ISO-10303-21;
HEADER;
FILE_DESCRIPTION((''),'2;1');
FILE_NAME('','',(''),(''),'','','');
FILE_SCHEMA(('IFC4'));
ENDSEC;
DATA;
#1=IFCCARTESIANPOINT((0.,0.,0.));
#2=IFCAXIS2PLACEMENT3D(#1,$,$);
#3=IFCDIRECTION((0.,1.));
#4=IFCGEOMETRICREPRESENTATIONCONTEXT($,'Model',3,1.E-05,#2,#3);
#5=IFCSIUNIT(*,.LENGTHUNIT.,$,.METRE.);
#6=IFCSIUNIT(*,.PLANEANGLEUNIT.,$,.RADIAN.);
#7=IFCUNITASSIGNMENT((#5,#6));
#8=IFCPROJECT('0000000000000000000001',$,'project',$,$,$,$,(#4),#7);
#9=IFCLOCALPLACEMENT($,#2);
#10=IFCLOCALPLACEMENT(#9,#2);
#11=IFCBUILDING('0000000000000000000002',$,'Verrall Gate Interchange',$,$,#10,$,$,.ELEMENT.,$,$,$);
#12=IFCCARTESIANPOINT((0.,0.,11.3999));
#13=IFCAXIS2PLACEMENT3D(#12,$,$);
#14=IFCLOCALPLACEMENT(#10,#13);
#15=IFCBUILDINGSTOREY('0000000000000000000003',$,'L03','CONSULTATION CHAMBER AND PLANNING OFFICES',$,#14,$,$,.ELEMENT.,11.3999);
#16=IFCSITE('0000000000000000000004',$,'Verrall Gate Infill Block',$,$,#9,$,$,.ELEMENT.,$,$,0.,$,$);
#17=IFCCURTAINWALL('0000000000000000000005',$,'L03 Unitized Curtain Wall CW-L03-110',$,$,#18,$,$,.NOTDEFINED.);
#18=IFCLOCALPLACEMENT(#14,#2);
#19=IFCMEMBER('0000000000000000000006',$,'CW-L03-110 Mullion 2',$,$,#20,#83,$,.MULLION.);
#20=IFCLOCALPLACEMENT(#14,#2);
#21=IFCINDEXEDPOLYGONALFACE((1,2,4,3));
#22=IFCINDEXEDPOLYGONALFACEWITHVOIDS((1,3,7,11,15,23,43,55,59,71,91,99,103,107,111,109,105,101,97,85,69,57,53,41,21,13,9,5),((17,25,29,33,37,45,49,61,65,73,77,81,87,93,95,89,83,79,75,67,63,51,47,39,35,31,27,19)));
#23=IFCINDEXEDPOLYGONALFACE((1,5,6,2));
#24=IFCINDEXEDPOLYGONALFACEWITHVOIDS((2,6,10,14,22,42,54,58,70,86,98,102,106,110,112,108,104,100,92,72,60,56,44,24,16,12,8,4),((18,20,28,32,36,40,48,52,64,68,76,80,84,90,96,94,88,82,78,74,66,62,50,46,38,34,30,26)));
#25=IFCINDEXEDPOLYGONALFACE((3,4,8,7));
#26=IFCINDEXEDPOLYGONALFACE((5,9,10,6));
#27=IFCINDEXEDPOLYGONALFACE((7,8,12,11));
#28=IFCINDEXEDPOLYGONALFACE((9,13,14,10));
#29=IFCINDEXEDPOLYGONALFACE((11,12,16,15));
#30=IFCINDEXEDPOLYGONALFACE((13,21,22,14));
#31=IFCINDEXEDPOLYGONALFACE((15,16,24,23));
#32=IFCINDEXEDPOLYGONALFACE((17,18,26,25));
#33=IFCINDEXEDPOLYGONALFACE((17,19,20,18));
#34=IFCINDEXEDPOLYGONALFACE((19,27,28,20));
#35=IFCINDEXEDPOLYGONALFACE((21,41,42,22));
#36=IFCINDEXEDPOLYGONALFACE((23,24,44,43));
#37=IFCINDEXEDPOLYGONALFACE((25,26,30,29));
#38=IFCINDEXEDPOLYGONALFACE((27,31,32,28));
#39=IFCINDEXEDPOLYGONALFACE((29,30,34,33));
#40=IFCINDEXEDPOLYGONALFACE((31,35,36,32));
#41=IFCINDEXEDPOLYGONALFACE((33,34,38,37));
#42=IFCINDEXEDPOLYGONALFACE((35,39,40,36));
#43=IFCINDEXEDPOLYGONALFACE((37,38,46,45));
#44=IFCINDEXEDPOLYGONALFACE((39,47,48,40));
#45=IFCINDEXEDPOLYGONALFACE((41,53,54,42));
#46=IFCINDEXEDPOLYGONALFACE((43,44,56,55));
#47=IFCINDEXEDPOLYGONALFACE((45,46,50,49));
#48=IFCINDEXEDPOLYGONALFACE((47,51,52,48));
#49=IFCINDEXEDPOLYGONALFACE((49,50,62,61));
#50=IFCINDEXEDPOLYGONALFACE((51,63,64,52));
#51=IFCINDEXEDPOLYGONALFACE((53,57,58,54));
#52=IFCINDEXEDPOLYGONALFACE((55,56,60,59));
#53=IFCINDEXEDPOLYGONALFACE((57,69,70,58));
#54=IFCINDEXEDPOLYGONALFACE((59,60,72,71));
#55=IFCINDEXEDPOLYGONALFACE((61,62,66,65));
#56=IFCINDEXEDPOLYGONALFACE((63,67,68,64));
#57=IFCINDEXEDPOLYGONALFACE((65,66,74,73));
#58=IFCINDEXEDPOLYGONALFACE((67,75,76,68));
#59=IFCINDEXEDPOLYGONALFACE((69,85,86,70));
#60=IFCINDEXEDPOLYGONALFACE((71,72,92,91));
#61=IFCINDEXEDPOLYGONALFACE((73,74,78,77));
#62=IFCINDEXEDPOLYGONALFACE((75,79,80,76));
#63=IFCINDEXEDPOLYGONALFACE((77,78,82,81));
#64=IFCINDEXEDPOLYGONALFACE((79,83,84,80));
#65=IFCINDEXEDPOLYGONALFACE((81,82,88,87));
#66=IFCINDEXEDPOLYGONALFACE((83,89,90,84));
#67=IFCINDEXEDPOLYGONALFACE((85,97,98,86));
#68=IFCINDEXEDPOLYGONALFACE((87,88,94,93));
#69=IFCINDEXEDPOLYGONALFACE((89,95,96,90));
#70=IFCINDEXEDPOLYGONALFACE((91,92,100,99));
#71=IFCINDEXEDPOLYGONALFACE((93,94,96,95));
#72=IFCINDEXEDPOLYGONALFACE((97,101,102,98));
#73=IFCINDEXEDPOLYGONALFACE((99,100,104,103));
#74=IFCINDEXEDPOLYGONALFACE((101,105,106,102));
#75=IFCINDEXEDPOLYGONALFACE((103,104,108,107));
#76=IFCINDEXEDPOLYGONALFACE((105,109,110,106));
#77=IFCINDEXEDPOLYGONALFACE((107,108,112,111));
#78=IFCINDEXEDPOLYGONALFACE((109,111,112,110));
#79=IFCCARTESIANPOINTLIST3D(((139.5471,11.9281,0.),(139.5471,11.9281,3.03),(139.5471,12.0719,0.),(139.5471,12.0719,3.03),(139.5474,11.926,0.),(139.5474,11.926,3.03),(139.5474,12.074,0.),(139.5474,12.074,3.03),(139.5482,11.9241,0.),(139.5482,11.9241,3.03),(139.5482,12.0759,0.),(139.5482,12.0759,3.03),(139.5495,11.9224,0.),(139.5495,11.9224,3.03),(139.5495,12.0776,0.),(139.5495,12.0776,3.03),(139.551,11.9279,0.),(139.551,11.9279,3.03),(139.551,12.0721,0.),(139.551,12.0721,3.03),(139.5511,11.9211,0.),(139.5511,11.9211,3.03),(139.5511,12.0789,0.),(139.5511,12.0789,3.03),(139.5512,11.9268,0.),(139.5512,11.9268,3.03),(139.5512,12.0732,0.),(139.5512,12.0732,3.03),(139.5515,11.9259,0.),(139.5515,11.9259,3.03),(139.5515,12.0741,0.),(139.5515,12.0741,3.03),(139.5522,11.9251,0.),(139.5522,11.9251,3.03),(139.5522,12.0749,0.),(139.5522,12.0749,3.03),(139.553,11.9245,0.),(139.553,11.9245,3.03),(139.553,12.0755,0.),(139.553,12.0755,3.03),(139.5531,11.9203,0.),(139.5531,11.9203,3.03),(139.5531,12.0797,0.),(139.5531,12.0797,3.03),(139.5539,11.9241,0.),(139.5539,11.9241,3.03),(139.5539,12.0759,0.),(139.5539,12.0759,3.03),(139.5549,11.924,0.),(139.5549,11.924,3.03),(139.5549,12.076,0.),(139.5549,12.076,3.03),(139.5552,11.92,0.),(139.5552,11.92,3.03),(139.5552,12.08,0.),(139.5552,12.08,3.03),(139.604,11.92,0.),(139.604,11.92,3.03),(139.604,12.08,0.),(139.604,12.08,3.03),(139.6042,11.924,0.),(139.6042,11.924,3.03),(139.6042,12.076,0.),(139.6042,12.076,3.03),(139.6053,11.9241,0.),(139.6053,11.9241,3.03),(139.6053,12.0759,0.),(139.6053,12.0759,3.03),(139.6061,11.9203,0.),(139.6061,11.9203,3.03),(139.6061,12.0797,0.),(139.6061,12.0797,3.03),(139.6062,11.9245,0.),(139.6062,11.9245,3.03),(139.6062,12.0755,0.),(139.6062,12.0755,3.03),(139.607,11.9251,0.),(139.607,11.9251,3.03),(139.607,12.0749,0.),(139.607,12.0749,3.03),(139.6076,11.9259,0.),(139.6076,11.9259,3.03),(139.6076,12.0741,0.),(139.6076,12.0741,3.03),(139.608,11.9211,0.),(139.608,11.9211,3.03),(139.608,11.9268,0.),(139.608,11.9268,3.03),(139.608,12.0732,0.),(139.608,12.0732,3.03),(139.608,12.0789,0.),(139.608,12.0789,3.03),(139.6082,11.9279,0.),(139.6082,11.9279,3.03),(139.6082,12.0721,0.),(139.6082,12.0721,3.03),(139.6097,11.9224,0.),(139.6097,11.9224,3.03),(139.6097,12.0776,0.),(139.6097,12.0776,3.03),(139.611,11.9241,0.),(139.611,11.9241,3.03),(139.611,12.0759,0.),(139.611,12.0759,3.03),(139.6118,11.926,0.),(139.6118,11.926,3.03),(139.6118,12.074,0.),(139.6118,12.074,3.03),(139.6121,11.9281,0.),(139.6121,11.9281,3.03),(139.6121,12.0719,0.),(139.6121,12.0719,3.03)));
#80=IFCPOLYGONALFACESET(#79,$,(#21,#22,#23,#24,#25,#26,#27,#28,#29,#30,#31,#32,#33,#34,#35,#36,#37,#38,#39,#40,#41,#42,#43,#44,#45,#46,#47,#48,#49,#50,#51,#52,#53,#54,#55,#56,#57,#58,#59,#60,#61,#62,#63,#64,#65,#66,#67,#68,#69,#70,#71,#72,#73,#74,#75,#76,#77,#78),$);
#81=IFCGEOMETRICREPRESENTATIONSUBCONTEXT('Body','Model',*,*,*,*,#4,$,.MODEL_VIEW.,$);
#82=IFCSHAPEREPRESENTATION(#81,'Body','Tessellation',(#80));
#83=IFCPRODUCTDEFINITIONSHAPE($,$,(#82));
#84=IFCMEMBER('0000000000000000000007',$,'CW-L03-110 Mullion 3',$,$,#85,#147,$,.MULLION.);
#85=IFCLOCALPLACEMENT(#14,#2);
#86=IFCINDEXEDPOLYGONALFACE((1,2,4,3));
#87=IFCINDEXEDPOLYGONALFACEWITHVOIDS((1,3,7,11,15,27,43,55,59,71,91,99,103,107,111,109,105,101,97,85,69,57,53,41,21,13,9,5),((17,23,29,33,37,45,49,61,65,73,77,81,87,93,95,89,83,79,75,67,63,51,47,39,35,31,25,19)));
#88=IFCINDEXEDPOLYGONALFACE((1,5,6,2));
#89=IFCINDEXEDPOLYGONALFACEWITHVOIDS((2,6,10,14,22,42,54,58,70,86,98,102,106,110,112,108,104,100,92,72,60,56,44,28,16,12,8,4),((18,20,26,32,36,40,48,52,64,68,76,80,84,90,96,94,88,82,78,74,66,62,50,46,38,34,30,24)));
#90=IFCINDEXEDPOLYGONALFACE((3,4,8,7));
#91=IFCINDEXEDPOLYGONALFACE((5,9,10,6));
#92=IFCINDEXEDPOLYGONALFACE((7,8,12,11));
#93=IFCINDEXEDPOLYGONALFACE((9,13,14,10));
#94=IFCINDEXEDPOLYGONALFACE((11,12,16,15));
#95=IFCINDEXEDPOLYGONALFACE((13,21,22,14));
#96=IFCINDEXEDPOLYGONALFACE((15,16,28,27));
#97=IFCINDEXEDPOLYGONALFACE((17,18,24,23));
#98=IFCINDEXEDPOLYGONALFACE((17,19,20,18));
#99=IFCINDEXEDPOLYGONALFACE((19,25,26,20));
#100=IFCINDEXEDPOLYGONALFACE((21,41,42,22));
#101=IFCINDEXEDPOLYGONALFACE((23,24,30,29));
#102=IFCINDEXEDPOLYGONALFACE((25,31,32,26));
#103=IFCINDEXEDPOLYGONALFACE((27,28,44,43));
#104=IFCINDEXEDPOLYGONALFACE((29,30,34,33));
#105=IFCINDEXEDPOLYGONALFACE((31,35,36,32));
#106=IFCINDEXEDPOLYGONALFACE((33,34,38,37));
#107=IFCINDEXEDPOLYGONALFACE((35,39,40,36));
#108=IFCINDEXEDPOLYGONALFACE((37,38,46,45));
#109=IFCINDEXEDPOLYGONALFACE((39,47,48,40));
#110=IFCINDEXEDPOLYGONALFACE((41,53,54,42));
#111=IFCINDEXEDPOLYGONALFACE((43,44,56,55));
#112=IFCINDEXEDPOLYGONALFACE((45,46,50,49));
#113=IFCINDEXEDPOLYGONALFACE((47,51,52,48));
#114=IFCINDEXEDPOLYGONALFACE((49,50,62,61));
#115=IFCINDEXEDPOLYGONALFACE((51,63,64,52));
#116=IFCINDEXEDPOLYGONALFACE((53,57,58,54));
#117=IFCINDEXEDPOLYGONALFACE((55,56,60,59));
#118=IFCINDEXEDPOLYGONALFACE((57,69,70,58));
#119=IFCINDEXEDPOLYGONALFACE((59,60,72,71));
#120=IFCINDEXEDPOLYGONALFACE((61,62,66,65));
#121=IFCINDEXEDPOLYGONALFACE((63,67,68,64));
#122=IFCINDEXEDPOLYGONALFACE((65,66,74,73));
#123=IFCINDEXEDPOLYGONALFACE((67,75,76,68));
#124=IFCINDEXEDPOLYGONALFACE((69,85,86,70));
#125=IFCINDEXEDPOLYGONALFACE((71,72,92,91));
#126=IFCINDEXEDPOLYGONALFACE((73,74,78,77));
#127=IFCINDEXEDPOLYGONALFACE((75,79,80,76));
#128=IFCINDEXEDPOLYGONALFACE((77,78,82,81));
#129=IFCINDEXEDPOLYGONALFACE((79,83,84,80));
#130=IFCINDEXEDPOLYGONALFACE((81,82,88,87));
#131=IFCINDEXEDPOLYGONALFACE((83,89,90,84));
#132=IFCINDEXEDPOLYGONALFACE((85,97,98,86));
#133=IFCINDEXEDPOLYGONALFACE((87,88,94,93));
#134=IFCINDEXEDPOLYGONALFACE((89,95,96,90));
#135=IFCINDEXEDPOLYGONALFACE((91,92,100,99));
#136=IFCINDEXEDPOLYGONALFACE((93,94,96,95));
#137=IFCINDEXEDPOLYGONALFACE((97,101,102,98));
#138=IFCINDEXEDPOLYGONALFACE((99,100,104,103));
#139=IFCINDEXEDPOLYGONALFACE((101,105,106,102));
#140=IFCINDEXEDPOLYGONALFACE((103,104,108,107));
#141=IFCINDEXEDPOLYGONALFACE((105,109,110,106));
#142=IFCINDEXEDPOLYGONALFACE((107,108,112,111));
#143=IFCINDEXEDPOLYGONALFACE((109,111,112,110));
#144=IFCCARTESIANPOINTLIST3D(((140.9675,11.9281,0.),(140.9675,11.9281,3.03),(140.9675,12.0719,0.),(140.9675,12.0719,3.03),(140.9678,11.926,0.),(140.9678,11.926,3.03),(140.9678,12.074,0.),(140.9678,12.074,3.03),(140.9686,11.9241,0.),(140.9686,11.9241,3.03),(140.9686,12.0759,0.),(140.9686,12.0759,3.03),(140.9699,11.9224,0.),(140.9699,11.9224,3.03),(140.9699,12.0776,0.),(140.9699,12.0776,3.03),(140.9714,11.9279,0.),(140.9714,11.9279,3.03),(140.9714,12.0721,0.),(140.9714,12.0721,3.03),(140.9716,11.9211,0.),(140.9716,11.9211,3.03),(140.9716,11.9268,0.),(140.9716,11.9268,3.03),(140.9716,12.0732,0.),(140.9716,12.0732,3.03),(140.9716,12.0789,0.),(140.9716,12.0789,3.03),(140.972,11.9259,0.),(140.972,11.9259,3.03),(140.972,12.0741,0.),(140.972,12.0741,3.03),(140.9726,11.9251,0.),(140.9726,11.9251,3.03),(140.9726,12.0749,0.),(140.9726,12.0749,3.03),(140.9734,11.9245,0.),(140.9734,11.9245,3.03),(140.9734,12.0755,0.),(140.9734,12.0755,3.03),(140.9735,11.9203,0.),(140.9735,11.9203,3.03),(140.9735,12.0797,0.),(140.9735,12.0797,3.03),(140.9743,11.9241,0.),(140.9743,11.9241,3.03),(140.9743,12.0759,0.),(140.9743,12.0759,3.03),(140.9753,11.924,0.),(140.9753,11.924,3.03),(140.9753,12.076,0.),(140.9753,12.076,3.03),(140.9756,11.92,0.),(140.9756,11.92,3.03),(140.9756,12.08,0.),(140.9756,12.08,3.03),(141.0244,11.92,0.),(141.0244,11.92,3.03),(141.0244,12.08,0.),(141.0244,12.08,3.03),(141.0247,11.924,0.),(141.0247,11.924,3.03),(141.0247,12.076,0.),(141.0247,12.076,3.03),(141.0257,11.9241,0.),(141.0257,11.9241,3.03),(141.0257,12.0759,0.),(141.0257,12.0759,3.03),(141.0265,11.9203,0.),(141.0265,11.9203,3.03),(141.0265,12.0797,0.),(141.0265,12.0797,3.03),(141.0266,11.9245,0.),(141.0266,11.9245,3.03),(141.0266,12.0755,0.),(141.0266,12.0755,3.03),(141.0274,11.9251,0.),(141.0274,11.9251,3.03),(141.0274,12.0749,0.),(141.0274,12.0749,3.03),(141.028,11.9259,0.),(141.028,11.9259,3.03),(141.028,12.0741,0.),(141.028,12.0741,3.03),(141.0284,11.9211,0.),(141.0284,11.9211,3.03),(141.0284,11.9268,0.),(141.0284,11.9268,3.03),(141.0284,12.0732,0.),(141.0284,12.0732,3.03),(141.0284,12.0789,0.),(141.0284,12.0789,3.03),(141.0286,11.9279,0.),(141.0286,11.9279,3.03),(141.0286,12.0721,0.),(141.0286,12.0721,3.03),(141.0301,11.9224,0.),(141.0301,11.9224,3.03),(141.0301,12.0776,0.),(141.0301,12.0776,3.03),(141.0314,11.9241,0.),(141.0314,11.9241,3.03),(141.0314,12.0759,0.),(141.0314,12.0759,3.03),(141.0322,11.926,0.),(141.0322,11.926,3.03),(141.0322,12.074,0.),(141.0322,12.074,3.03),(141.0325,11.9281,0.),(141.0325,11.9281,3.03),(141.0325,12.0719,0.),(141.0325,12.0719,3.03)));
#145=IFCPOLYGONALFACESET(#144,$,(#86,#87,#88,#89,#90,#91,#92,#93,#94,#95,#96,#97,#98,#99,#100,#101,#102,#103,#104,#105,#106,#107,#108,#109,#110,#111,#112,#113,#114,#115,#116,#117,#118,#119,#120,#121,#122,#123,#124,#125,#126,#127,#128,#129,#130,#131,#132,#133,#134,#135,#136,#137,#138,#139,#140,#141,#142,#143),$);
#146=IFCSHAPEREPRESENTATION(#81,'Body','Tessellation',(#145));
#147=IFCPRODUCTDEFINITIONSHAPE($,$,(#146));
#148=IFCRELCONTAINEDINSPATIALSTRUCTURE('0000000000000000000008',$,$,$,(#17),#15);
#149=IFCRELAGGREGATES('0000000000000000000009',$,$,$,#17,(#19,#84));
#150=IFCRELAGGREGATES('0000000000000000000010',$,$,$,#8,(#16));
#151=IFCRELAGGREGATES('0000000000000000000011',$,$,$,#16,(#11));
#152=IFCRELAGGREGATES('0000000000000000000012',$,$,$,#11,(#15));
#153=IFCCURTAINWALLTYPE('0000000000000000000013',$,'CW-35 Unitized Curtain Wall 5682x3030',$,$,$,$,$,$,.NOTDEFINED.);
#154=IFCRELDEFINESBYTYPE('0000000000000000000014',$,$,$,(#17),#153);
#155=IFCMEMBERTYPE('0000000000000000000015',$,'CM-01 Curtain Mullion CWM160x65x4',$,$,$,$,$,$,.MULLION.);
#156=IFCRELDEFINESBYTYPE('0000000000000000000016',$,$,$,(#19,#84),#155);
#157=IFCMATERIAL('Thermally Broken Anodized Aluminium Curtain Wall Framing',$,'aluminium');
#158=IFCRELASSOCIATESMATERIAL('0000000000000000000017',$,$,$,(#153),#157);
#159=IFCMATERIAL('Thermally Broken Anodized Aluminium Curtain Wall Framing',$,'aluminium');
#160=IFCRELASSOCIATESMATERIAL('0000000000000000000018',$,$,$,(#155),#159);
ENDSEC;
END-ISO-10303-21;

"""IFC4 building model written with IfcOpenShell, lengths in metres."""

from ifc_helpers import new_model, si_unit, direction, frame, origin, origin_2d, place, context, subcontext, project, spatial, hollow_rectangle, extrude, material, material_profile, profile_set, type_object, element, aggregate, save


model = new_model("IFC4")

# Units and contexts
model_context = context("Model", 3, precision=1e-05, world=origin(), true_north=direction((0.0, 1.0)))
body_context = subcontext(model_context, "Body", "Model", "MODEL_VIEW")
ifc_project = project(units=[si_unit("LENGTHUNIT", "METRE"), si_unit("PLANEANGLEUNIT", "RADIAN")], contexts=[model_context])

# Site, building, storey
site_placement = place(None, origin())
site = spatial("IfcSite", under=ifc_project, at=site_placement, Name="Verrall Gate Infill Block", CompositionType="ELEMENT", RefElevation=0.0)
building_placement = place(site_placement, origin())
building = spatial("IfcBuilding", under=site, at=building_placement, Name="Verrall Gate Interchange", CompositionType="ELEMENT")
storey_placement = place(building_placement, frame((0.0, 0.0, 11.3999)))
storey = spatial("IfcBuildingStorey", under=building, at=storey_placement, Name="L03", Description="CONSULTATION CHAMBER AND PLANNING OFFICES", CompositionType="ELEMENT", Elevation=11.3999)

# Curtain wall, members
ifc_material_1 = material(Name="Thermally Broken Anodized Aluminium Curtain Wall Framing", Category="aluminium")
curtain_wall_type = type_object("IfcCurtainWallType", Name="CW-35 Unitized Curtain Wall 5682x3030", PredefinedType="NOTDEFINED", material=ifc_material_1)
curtain_wall_placement = place(storey_placement, origin())
curtain_wall = element("IfcCurtainWall", 1, at=curtain_wall_placement, inside=storey, type_object=curtain_wall_type, Name="L03 Unitized Curtain Wall CW-L03-110", PredefinedType="NOTDEFINED")
ifc_material_2 = material(Name="Thermally Broken Anodized Aluminium Curtain Wall Framing", Category="aluminium")
ifc_material_profile_1 = material_profile(ifc_material_2, hollow_rectangle(XDim=0.0649, YDim=0.1599, WallThickness=0.0039, InnerFilletRadius=0.0039, OuterFilletRadius=0.0081, at=origin_2d()), Name="CWM160x65x4")
ifc_profile_set_1 = profile_set([ifc_material_profile_1], Name="Thermally Broken Anodized Aluminium Curtain Wall Framing")
member_type_1 = type_object("IfcMemberType", Name="CM-01 Curtain Mullion CWM160x65x4", PredefinedType="MULLION", material=ifc_profile_set_1)
member_1_placement = place(storey_placement, frame((139.5796, 12.0, 0.0), z_axis=(0.0, 0.0, 1.0), x_axis=(1.0, 0.0, 0.0)))
member_1 = element("IfcMember", 2, at=member_1_placement, type_object=member_type_1, Name="CW-L03-110 Mullion 2", PredefinedType="MULLION", context=body_context, shape_type="SweptSolid", body=[
    extrude(hollow_rectangle(XDim=0.0649, YDim=0.1599, WallThickness=0.0039, InnerFilletRadius=0.0039, OuterFilletRadius=0.0081, at=origin_2d()), origin(), (0.0, 0.0, 1.0), 3.03),
])
member_2_placement = place(storey_placement, frame((141.0, 12.0, 0.0), z_axis=(0.0, 0.0, 1.0), x_axis=(1.0, 0.0, 0.0)))
member_2 = element("IfcMember", 3, at=member_2_placement, type_object=member_type_1, Name="CW-L03-110 Mullion 3", PredefinedType="MULLION", context=body_context, shape_type="SweptSolid", body=[
    extrude(hollow_rectangle(XDim=0.0649, YDim=0.1599, WallThickness=0.0039, InnerFilletRadius=0.0039, OuterFilletRadius=0.0081, at=origin_2d()), origin(), (0.0, 0.0, 1.0), 3.03),
])

aggregate(curtain_wall, [member_1, member_2])

save(model, "model.ifc")
